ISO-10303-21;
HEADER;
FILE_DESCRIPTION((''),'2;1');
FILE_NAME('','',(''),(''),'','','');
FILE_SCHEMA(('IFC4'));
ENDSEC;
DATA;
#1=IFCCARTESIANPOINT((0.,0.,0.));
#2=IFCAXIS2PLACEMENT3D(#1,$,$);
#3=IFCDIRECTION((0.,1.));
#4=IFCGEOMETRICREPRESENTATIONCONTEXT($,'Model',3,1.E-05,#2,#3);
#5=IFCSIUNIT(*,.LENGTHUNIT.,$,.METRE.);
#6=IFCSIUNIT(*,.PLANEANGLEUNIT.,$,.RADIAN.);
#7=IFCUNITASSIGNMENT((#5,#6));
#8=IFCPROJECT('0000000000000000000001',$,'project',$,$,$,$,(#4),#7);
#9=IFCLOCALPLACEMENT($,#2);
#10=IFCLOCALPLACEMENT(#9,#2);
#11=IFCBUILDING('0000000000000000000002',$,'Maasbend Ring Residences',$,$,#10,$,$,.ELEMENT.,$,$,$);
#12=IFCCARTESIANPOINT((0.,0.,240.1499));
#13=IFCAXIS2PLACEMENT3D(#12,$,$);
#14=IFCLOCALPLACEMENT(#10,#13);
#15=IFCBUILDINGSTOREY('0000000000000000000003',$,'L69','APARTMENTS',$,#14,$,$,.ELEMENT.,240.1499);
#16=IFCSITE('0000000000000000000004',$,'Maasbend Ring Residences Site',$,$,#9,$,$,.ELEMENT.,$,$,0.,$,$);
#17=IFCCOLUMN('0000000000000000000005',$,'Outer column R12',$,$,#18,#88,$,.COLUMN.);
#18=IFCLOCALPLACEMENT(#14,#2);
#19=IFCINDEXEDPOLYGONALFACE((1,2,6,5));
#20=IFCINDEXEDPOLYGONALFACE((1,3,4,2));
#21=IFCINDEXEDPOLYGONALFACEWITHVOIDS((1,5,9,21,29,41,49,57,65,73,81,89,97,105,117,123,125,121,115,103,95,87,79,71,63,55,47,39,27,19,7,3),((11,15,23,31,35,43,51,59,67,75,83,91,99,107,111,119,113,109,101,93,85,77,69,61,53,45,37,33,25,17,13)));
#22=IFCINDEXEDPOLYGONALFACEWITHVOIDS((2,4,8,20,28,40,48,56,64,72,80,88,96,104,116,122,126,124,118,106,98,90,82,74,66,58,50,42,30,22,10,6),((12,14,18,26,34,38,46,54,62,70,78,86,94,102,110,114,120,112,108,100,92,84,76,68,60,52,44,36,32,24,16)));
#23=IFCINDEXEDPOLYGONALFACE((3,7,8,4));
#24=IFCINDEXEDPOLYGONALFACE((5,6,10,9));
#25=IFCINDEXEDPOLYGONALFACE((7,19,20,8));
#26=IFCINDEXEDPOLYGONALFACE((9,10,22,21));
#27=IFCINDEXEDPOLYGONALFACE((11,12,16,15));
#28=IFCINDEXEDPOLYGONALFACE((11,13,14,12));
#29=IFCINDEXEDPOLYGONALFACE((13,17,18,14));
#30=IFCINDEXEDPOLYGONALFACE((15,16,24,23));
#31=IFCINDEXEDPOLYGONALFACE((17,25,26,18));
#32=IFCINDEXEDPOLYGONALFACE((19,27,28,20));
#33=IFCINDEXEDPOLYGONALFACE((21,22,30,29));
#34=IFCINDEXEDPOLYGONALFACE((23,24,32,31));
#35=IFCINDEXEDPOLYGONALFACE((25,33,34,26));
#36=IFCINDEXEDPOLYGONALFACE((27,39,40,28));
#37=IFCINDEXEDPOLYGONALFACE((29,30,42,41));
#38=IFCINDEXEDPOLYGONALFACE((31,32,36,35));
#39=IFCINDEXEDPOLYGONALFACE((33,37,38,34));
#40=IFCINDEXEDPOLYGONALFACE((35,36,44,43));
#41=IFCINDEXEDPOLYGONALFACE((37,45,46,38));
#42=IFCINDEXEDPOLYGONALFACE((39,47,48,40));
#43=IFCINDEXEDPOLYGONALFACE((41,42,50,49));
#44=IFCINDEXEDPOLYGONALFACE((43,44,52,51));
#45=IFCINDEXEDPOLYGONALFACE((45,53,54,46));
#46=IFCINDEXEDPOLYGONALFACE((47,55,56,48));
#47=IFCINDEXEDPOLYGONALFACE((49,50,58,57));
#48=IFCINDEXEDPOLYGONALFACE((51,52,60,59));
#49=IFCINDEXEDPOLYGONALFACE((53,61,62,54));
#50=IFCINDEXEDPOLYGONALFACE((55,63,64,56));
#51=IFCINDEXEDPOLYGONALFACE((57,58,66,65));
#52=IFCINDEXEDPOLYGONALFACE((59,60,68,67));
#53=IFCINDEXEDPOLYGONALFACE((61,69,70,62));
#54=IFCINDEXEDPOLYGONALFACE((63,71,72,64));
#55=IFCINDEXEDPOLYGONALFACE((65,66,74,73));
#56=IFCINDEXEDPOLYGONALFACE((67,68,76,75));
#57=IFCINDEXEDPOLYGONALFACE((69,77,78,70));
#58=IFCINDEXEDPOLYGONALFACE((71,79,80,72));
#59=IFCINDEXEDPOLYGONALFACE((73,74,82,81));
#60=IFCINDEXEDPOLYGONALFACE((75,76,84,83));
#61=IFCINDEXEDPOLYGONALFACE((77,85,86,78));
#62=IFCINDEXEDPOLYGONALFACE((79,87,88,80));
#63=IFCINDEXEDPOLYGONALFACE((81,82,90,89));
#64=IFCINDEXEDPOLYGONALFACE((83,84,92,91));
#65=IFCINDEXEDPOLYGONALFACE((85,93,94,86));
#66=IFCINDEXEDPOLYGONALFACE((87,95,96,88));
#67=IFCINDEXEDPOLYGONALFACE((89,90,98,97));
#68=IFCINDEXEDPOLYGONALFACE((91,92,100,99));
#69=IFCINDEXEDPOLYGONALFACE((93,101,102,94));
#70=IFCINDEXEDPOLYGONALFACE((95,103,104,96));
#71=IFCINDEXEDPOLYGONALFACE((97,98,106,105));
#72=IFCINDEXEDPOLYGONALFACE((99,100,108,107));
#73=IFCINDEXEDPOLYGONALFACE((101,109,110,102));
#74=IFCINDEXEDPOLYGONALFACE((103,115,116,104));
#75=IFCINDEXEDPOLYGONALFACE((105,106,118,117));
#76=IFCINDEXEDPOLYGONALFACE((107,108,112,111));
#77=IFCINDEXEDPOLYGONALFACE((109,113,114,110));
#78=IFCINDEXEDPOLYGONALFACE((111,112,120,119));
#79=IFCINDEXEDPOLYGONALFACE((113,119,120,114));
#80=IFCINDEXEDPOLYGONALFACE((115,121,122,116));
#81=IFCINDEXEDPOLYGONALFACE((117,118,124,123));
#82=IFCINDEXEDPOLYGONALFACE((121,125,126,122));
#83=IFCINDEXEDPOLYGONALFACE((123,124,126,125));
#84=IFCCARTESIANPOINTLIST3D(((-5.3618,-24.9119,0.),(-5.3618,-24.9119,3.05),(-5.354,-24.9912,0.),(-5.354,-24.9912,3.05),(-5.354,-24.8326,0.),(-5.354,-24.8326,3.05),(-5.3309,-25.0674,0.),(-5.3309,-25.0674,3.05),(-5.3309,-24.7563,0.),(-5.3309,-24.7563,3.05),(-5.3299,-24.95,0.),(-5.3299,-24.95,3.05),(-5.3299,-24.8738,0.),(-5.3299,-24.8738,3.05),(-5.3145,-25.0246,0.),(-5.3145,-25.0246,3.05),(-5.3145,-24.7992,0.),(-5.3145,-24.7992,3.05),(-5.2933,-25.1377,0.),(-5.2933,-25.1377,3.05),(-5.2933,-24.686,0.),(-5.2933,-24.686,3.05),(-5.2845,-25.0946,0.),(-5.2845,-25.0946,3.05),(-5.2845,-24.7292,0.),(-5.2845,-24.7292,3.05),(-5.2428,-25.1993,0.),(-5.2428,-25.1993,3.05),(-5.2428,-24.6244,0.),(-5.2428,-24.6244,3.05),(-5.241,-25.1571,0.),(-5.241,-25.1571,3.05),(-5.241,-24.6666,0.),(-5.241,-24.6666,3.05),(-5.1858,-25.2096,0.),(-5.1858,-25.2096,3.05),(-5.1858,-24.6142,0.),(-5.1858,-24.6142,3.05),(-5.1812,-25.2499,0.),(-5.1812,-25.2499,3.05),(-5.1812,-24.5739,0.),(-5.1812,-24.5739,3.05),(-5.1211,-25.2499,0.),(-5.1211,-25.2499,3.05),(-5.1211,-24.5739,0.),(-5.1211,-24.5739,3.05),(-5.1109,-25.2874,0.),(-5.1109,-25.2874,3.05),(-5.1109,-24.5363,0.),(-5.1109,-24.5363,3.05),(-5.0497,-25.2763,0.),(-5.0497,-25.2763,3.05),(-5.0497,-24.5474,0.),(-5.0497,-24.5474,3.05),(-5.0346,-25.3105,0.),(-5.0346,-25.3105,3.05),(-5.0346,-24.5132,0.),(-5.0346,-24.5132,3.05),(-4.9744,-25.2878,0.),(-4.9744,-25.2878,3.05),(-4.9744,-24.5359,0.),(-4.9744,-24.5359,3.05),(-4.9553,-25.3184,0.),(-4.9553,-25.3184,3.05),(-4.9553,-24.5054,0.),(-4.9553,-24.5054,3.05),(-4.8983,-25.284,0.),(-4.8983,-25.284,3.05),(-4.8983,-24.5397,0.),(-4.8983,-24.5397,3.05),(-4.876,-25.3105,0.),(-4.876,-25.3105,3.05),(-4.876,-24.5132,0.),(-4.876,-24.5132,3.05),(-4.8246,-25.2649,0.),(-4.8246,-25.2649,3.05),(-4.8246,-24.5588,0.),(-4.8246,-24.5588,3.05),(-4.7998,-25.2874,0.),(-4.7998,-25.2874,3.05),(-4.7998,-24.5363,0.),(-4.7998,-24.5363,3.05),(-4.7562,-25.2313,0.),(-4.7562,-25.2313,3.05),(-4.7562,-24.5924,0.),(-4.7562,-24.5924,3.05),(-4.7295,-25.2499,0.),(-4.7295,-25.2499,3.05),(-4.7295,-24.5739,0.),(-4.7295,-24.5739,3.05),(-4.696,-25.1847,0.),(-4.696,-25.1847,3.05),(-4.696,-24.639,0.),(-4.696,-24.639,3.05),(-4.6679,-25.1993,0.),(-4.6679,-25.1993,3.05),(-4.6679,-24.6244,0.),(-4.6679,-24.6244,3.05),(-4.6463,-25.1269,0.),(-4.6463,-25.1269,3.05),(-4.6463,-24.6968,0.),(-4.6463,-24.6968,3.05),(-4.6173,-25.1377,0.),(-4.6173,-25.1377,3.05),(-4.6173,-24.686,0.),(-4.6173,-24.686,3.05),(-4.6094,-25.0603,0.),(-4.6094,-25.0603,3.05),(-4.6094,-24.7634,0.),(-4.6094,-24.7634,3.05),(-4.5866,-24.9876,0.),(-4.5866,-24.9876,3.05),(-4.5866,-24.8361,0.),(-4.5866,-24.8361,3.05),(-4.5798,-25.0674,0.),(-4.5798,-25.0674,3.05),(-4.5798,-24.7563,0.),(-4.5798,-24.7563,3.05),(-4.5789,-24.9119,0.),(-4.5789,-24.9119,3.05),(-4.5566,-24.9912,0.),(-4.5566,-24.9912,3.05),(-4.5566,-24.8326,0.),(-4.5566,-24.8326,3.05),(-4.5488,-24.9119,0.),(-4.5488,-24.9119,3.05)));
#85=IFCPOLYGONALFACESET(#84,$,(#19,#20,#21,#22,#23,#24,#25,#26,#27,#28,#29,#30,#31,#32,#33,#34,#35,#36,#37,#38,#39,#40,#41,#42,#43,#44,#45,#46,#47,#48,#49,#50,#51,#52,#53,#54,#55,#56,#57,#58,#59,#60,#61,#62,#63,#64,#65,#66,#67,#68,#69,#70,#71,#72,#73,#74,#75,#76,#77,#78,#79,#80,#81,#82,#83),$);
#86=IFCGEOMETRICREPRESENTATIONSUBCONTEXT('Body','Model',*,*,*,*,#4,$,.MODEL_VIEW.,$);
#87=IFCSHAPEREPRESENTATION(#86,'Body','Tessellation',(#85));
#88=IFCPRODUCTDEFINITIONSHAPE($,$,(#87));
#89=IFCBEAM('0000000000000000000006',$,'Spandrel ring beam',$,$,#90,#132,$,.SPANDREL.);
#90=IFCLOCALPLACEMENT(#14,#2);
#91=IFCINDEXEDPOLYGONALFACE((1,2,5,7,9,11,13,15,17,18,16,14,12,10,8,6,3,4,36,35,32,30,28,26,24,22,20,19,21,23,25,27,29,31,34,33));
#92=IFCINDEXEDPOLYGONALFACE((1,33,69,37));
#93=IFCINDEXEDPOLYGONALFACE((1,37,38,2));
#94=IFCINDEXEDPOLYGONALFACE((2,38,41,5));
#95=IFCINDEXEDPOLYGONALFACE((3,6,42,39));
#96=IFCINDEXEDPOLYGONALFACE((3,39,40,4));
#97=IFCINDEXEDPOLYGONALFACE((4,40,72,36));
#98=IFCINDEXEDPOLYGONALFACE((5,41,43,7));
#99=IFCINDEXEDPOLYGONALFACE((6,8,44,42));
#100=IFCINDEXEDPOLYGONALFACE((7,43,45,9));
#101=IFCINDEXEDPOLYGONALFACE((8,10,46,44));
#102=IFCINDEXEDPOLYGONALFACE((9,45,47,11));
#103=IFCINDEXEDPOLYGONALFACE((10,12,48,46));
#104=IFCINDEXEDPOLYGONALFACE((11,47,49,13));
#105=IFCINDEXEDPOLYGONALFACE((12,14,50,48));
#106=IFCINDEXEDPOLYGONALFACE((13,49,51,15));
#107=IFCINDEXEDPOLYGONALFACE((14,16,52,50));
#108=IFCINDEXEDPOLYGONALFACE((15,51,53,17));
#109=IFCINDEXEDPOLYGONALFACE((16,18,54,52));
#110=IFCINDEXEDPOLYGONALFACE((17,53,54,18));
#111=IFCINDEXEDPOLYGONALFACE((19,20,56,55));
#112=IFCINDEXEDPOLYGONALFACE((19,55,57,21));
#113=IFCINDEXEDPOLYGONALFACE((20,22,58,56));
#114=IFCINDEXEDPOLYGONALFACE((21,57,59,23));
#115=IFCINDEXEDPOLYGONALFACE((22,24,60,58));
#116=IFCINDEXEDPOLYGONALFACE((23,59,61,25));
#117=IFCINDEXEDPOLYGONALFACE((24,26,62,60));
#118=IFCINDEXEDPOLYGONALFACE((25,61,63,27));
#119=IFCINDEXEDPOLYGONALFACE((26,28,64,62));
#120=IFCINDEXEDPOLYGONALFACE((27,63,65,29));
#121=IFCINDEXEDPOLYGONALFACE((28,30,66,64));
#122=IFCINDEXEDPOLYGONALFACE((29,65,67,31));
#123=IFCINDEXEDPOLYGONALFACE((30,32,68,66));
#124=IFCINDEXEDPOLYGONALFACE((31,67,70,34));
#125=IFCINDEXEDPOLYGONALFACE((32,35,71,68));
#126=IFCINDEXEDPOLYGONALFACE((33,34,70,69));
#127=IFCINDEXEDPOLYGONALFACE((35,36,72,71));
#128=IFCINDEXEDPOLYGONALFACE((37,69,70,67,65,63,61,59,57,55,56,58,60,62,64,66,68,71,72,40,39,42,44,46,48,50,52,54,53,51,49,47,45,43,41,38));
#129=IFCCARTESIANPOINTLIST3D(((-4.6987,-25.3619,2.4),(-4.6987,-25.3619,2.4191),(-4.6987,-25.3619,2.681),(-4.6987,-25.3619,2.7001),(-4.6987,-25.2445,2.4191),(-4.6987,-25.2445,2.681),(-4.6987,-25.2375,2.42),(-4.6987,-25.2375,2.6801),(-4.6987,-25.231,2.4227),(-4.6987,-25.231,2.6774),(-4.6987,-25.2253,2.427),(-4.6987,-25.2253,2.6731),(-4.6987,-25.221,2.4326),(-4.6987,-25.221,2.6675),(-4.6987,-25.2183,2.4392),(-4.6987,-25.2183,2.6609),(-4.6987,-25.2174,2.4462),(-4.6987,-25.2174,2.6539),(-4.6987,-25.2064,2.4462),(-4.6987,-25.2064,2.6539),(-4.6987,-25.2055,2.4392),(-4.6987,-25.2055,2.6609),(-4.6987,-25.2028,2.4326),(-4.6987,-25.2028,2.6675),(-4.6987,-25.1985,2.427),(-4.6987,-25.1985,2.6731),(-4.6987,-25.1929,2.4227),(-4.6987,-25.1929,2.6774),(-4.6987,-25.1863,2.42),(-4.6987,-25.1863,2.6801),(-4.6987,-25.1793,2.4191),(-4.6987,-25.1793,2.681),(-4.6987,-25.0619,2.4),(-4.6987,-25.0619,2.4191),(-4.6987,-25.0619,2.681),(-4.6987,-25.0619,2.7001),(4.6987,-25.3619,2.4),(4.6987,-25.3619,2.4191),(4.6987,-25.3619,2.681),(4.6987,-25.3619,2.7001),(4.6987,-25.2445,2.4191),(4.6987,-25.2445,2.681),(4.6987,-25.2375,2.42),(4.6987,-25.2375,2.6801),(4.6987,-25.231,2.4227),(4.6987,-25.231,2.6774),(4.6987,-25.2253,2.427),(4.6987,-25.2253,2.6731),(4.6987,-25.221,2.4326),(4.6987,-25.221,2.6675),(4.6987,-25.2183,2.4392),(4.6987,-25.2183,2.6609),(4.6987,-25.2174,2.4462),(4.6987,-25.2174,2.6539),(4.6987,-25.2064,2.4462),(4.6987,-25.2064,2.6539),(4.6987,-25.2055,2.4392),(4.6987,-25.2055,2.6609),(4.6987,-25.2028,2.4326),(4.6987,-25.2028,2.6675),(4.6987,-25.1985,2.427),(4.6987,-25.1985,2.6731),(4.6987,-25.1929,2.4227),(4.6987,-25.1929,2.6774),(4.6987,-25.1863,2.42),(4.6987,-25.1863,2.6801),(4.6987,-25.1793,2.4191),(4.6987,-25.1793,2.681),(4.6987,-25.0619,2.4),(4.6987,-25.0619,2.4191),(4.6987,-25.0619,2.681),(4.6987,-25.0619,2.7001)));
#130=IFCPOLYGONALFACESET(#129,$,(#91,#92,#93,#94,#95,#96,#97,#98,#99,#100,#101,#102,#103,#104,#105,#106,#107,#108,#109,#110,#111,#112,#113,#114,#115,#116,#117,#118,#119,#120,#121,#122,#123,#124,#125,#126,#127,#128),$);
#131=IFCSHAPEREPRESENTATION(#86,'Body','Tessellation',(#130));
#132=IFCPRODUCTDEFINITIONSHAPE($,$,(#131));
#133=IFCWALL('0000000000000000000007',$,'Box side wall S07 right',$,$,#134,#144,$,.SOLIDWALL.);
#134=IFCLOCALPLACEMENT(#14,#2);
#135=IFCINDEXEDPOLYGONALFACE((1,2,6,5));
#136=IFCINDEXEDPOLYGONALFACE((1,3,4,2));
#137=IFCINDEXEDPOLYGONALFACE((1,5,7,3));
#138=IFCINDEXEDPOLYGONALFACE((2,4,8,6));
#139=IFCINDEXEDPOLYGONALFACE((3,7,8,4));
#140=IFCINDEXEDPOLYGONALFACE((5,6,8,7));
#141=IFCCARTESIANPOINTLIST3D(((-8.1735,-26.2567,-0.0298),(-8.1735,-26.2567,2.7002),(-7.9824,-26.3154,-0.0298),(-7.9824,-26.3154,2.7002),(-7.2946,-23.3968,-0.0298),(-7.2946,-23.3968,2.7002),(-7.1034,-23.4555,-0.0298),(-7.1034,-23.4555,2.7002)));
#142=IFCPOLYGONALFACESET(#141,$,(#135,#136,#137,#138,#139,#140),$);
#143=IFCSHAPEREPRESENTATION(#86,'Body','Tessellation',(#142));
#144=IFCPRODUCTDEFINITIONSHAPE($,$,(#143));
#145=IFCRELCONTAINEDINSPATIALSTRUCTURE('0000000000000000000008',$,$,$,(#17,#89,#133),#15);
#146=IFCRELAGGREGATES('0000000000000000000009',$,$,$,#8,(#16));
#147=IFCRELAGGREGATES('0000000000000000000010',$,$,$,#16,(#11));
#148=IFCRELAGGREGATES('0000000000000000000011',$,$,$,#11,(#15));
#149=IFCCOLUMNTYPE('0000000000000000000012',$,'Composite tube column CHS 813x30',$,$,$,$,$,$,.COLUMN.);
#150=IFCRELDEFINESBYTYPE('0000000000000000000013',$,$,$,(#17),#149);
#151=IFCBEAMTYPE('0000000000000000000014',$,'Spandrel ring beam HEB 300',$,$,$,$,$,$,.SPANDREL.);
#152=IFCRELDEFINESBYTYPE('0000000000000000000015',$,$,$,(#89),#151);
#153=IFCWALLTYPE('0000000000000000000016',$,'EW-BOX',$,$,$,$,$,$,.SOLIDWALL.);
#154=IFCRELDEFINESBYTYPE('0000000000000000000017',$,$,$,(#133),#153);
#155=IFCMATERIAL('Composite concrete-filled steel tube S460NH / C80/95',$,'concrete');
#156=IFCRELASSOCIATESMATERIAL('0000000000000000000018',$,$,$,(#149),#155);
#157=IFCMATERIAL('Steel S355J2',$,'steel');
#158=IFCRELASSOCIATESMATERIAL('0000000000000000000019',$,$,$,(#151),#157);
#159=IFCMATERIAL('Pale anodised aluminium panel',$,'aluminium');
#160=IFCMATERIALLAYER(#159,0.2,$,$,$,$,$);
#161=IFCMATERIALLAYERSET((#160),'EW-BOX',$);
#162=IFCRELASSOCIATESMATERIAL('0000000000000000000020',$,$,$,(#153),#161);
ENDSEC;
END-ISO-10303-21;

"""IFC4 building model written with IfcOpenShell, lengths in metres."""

from ifc_helpers import new_model, si_unit, direction, frame, frame_2d, origin, origin_2d, place, context, subcontext, project, spatial, rectangle, hollow_circle, i_section, extrude, material, layer, layer_set, material_profile, profile_set, type_object, element, save


model = new_model("IFC4")

# Units and contexts
model_context = context("Model", 3, precision=1e-05, world=origin(), true_north=direction((0.0, 1.0)))
body_context = subcontext(model_context, "Body", "Model", "MODEL_VIEW")
ifc_project = project(units=[si_unit("LENGTHUNIT", "METRE"), si_unit("PLANEANGLEUNIT", "RADIAN")], contexts=[model_context])

# Site, building, storey
site_placement = place(None, origin())
site = spatial("IfcSite", under=ifc_project, at=site_placement, Name="Maasbend Ring Residences Site", CompositionType="ELEMENT", RefElevation=0.0)
building_placement = place(site_placement, origin())
building = spatial("IfcBuilding", under=site, at=building_placement, Name="Maasbend Ring Residences", CompositionType="ELEMENT")
storey_placement = place(building_placement, frame((0.0, 0.0, 240.1499)))
storey = spatial("IfcBuildingStorey", under=building, at=storey_placement, Name="L69", Description="APARTMENTS", CompositionType="ELEMENT", Elevation=240.1499)

# Column
ifc_material_1 = material(Name="Composite concrete-filled steel tube S460NH / C80/95", Category="concrete")
ifc_material_profile_1 = material_profile(ifc_material_1, hollow_circle(Radius=0.4065, WallThickness=0.03, at=origin_2d()), Name="Composite tube column CHS 813x30")
ifc_profile_set_1 = profile_set([ifc_material_profile_1], Name="Composite concrete-filled steel tube S460NH / C80/95")
column_type = type_object("IfcColumnType", Name="Composite tube column CHS 813x30", PredefinedType="COLUMN", material=ifc_profile_set_1)
column_placement = place(storey_placement, frame((-4.9553, -24.9119, 0.0), z_axis=(0.0, 0.0, 1.0), x_axis=(1.0, 0.0, 0.0)))
element("IfcColumn", 1, at=column_placement, inside=storey, type_object=column_type, Name="Outer column R12", PredefinedType="COLUMN", context=body_context, shape_type="SweptSolid", body=[
    extrude(hollow_circle(Radius=0.4065, WallThickness=0.03, at=origin_2d()), origin(), (0.0, 0.0, 1.0), 3.05),
])

# Beam
ifc_material_2 = material(Name="Steel S355J2", Category="steel")
ifc_material_profile_2 = material_profile(ifc_material_2, i_section(OverallWidth=0.3, OverallDepth=0.3, WebThickness=0.011, FlangeThickness=0.019, FilletRadius=0.0271, at=origin_2d()), Name="HEB 300")
ifc_profile_set_2 = profile_set([ifc_material_profile_2], Name="Steel S355J2")
beam_type = type_object("IfcBeamType", Name="Spandrel ring beam HEB 300", PredefinedType="SPANDREL", material=ifc_profile_set_2)
beam_placement = place(storey_placement, frame((-4.6987, -25.2119, 2.55), z_axis=(1.0, 0.0, 0.0), x_axis=(0.0, 1.0, 0.0)))
element("IfcBeam", 2, at=beam_placement, inside=storey, type_object=beam_type, Name="Spandrel ring beam", PredefinedType="SPANDREL", context=body_context, shape_type="SweptSolid", body=[
    extrude(i_section(OverallWidth=0.3, OverallDepth=0.3, WebThickness=0.011, FlangeThickness=0.019, FilletRadius=0.0271, at=origin_2d()), origin(), (0.0, 0.0, 1.0), 9.3975),
])

# Wall
ifc_material_3 = material(Name="Pale anodised aluminium panel", Category="aluminium")
ifc_layer_1 = layer(ifc_material_3, 0.2)
ifc_layer_set_1 = layer_set([ifc_layer_1], Name="EW-BOX")
wall_type_1 = type_object("IfcWallType", Name="EW-BOX", PredefinedType="SOLIDWALL", material=ifc_layer_set_1)
wall_1_placement = place(storey_placement, frame((-7.199, -23.426, -0.0298), z_axis=(0.0, 0.0, 1.0), x_axis=(-0.293765, -0.955878, 0.0)))
element("IfcWall", 3, at=wall_1_placement, inside=storey, type_object=wall_type_1, Name="Box side wall S07 right", PredefinedType="SOLIDWALL", context=body_context, shape_type="SweptSolid", body=[
    extrude(rectangle(XDim=2.9919, YDim=0.2, at=frame_2d((1.4961, 0.0))), origin(), (0.0, 0.0, 1.0), 2.73),
])

save(model, "model.ifc")
